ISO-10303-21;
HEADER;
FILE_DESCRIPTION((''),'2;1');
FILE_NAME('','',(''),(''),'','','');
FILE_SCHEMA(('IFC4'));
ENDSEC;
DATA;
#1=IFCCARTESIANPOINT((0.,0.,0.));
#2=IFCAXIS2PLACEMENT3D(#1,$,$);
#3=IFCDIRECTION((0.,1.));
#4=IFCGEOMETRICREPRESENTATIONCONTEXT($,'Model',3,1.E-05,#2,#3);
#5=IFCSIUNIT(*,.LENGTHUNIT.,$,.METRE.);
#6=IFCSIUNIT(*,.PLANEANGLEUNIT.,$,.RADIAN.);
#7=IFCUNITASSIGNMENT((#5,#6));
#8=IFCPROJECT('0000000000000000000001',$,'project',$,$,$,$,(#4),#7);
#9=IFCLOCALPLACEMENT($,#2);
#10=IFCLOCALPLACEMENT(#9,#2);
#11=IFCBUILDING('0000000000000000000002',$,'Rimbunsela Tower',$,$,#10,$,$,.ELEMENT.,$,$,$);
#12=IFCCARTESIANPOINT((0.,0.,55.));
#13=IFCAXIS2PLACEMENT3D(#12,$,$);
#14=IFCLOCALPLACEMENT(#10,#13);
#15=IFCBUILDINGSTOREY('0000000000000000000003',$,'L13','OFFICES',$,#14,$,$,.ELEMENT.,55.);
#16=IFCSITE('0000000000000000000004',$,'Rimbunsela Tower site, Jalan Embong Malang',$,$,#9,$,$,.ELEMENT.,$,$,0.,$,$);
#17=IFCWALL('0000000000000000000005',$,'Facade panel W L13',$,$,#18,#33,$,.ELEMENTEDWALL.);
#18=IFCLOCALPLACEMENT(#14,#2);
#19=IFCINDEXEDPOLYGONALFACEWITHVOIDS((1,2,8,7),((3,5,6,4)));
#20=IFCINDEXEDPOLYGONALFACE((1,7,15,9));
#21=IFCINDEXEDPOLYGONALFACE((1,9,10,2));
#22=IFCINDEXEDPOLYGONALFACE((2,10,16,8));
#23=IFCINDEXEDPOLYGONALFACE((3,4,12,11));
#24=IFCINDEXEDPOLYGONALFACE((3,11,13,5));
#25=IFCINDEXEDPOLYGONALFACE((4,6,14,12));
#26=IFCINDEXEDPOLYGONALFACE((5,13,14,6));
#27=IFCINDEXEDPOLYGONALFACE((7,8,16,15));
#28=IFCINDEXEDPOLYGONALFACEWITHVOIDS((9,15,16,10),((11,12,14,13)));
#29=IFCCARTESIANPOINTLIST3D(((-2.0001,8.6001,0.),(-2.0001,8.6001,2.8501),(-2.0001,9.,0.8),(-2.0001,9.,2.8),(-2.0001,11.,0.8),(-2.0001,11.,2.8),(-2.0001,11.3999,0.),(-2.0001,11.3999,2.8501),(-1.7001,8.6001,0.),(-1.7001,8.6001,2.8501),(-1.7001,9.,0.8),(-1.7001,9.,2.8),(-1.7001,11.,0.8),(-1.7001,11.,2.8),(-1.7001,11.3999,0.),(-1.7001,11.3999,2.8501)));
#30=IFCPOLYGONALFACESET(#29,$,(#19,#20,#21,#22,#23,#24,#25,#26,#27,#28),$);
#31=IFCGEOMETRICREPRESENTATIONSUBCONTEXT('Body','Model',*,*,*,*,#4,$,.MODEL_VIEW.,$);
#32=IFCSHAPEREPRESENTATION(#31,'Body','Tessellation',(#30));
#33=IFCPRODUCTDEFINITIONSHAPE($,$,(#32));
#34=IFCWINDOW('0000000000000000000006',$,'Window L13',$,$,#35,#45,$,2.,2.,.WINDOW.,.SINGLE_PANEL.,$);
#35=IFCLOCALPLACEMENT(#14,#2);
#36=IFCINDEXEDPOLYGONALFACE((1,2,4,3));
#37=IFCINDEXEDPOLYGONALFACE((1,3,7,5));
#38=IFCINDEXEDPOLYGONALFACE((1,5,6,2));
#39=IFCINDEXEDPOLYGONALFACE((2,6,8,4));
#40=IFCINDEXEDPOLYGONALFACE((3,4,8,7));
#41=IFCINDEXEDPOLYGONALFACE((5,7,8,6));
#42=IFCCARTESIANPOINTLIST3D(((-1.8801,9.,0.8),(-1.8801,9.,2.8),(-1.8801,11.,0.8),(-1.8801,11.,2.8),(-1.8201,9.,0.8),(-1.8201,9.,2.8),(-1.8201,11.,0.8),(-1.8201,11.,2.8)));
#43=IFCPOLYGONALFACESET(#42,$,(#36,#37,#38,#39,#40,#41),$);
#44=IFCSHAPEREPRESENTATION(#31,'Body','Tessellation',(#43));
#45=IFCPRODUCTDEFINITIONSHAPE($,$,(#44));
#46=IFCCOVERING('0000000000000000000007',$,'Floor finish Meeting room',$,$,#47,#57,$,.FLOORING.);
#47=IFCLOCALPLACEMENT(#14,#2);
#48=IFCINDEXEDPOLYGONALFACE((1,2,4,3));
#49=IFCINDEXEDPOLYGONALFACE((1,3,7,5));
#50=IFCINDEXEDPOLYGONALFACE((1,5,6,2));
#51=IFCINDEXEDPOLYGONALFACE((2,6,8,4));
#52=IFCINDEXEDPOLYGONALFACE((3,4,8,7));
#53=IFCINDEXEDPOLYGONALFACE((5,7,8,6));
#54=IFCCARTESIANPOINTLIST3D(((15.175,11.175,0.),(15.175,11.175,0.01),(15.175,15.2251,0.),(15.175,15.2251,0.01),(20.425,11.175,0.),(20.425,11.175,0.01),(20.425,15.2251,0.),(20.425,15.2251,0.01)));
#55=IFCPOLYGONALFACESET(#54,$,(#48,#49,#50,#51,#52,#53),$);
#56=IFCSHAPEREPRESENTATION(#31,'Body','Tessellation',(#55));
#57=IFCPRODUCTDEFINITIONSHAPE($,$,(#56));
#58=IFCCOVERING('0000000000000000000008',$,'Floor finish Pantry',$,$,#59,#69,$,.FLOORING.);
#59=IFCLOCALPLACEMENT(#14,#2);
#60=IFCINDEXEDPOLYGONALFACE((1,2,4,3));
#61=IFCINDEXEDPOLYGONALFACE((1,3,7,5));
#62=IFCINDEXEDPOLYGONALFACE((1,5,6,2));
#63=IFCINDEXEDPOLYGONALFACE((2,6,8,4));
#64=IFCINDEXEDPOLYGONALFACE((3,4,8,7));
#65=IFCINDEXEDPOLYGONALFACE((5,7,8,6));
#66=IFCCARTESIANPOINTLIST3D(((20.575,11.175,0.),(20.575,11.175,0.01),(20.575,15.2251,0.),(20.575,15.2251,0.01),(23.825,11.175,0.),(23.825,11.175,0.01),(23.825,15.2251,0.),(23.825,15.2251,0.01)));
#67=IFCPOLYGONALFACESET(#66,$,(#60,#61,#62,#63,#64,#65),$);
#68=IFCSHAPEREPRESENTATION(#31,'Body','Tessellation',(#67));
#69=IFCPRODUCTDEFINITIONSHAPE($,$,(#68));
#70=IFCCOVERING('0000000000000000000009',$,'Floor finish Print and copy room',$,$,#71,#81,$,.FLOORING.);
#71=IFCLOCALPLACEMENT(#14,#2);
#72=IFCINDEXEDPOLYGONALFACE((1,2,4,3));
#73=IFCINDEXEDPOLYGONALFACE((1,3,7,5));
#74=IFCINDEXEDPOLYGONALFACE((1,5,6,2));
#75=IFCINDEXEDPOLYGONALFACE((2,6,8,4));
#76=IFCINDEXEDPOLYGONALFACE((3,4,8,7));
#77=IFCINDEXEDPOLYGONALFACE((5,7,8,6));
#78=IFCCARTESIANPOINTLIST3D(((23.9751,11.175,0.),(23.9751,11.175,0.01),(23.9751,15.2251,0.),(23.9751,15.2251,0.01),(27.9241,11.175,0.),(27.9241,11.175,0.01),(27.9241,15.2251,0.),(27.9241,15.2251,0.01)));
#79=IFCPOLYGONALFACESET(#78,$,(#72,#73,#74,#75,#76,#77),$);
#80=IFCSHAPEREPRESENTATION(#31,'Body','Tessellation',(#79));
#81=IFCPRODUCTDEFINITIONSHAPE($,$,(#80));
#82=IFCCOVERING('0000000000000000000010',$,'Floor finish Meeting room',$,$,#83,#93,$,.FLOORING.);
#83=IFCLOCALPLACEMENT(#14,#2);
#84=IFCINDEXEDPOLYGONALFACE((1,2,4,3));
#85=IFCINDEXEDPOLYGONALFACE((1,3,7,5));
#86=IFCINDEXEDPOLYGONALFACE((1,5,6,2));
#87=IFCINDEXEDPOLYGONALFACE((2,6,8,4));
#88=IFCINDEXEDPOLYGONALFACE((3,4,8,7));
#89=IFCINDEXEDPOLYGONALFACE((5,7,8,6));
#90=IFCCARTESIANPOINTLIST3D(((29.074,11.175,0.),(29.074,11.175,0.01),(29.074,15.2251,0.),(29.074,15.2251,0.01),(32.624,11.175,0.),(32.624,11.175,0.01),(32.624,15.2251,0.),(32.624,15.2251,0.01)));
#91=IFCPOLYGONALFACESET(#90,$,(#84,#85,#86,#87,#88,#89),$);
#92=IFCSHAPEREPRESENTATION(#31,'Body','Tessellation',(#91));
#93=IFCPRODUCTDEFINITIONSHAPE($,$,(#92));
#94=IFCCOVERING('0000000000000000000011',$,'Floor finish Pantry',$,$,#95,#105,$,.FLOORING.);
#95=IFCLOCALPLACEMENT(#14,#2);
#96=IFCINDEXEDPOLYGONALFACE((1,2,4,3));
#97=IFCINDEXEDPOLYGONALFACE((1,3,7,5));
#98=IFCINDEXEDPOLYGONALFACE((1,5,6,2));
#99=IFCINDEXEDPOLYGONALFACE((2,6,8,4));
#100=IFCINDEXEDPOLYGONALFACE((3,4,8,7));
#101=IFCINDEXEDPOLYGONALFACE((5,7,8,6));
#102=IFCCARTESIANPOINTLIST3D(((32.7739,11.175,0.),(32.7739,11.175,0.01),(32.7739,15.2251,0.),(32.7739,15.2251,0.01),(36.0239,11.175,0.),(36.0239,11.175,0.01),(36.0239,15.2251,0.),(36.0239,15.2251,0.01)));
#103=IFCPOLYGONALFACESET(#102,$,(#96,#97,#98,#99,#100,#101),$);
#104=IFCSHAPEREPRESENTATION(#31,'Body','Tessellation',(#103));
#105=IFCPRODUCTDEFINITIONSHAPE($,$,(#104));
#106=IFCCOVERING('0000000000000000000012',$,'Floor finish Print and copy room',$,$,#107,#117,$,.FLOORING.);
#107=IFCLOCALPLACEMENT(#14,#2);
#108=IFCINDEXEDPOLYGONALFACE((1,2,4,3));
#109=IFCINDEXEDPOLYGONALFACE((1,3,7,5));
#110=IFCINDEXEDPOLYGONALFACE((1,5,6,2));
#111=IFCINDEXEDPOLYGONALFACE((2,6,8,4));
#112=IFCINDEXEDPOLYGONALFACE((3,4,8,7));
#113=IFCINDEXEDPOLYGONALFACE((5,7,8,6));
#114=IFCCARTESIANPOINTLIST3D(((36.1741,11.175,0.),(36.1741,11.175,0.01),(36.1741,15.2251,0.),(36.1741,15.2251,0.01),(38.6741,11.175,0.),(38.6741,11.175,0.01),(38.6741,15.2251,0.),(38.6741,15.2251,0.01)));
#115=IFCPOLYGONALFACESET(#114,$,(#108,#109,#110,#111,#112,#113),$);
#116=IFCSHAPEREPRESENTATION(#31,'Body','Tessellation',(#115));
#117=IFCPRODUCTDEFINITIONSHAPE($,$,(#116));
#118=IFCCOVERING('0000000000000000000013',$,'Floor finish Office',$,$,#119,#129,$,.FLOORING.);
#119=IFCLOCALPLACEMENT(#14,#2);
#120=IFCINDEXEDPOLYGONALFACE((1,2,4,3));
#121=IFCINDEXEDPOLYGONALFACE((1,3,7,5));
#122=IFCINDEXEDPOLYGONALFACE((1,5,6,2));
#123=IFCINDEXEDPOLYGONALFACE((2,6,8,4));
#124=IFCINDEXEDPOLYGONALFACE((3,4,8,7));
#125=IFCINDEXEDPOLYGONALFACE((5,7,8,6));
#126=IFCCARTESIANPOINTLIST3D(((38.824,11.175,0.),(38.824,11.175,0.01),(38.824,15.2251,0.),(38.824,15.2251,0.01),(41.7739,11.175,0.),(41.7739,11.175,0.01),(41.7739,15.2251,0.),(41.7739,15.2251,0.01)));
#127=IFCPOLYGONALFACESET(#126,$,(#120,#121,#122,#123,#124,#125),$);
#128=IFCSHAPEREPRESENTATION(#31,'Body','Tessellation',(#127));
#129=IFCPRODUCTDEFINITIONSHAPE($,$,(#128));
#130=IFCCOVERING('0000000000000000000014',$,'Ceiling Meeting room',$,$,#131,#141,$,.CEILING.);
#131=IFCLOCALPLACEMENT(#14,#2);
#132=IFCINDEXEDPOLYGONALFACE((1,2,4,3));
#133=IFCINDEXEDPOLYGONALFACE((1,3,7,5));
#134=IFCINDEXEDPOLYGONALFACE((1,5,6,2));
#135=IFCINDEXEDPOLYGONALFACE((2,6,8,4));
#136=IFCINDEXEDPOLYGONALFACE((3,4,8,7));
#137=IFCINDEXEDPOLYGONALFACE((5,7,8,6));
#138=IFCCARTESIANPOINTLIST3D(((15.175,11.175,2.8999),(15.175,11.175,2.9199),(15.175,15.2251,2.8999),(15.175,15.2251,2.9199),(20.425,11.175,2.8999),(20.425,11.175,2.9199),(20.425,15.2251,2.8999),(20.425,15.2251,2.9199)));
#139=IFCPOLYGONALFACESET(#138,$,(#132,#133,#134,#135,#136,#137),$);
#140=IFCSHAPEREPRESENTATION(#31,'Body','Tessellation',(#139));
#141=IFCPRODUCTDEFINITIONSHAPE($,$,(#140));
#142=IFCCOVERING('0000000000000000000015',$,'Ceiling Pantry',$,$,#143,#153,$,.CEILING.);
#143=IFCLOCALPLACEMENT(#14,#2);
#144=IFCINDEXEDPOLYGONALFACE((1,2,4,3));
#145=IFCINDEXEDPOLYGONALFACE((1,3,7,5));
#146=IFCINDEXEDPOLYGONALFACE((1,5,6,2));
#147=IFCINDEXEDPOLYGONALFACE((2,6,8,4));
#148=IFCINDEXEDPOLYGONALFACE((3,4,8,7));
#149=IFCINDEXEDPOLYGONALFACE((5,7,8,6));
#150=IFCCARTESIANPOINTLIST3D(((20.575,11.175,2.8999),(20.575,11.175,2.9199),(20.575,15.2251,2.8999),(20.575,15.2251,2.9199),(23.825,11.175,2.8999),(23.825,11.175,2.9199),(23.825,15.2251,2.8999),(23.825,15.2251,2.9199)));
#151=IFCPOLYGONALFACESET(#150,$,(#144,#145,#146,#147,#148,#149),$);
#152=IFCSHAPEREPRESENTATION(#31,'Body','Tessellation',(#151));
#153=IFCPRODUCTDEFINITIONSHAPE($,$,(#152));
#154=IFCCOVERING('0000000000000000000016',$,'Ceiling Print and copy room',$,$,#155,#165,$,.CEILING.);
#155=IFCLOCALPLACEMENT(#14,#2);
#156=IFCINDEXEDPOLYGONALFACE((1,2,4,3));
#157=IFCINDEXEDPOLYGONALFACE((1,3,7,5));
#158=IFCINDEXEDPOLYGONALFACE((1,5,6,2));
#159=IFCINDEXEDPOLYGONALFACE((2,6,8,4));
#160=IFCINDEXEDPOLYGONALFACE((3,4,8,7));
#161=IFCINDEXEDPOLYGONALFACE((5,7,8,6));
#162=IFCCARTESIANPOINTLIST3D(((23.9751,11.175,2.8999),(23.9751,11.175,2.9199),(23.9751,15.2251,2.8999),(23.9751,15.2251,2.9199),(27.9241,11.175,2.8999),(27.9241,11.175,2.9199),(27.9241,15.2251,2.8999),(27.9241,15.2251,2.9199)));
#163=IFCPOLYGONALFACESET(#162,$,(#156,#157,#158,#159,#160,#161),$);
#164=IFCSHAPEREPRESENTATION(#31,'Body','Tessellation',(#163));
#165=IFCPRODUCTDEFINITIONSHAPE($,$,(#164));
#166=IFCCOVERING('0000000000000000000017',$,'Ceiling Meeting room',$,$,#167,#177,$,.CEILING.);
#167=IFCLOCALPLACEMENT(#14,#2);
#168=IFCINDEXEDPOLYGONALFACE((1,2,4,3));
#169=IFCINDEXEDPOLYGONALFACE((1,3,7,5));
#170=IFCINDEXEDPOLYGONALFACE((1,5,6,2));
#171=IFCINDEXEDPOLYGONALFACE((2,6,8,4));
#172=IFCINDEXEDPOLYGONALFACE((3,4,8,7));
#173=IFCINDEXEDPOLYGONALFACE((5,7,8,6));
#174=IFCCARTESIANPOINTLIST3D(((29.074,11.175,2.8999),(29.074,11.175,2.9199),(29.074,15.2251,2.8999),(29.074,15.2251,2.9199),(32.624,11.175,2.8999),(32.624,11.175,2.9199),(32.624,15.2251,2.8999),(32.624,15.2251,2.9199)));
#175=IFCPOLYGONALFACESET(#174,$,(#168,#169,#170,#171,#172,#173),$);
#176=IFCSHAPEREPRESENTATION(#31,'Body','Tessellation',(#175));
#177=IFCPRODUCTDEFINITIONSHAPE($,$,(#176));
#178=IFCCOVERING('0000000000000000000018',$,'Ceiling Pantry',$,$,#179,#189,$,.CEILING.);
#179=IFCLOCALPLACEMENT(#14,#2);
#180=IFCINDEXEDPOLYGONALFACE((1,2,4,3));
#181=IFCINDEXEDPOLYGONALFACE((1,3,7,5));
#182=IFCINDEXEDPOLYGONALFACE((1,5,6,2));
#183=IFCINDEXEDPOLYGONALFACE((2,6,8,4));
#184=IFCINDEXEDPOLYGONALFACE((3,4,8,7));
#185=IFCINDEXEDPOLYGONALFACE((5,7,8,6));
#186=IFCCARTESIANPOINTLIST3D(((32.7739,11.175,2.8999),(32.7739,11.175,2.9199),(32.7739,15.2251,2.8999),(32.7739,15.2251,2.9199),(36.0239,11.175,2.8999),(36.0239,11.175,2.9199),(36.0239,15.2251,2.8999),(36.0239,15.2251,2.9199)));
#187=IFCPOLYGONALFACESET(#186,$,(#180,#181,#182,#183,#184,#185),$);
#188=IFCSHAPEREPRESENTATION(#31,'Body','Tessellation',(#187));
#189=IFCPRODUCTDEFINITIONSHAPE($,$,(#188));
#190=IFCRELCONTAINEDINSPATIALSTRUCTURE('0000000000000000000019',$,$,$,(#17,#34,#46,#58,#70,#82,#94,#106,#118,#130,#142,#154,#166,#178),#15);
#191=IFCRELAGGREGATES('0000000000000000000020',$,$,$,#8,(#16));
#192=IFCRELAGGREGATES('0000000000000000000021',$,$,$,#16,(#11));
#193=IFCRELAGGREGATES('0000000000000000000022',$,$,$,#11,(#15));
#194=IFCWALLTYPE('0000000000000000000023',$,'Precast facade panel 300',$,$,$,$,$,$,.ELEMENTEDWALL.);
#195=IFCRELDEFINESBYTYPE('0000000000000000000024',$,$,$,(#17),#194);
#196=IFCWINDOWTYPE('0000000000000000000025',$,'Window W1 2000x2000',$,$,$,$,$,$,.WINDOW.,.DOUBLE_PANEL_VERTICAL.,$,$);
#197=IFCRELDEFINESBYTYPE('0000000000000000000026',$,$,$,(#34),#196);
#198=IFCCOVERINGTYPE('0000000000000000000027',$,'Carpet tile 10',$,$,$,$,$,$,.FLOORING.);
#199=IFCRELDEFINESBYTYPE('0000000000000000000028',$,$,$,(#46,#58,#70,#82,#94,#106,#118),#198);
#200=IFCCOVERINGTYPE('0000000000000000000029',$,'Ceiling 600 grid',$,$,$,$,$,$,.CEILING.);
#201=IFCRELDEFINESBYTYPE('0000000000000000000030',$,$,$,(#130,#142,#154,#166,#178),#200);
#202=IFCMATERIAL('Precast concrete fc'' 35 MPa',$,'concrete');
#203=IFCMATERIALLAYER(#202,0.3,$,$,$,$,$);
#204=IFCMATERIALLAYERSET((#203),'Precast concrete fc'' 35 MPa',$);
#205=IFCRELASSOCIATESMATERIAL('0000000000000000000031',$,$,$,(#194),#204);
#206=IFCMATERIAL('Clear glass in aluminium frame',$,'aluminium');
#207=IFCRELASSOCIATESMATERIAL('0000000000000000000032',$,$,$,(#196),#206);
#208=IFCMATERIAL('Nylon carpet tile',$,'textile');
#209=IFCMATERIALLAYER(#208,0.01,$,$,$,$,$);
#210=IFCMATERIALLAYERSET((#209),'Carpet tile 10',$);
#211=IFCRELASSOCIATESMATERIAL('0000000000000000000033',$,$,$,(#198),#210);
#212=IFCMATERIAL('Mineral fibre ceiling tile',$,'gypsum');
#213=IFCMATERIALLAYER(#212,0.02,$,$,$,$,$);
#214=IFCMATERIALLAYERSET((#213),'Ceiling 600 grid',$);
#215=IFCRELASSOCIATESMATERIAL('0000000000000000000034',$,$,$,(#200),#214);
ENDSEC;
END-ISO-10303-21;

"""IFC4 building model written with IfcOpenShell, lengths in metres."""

from ifc_helpers import new_model, si_unit, direction, frame, frame_2d, origin, place, context, subcontext, project, spatial, polyline, rectangle, outline, extrude, material, layer, layer_set, type_object, element, fill, save


model = new_model("IFC4")

# Units and contexts
model_context = context("Model", 3, precision=1e-05, world=origin(), true_north=direction((0.0, 1.0)))
body_context = subcontext(model_context, "Body", "Model", "MODEL_VIEW")
ifc_project = project(units=[si_unit("LENGTHUNIT", "METRE"), si_unit("PLANEANGLEUNIT", "RADIAN")], contexts=[model_context])

# Site, building, storey
site_placement = place(None, origin())
site = spatial("IfcSite", under=ifc_project, at=site_placement, Name="Rimbunsela Tower site, Jalan Embong Malang", CompositionType="ELEMENT", RefElevation=0.0)
building_placement = place(site_placement, origin())
building = spatial("IfcBuilding", under=site, at=building_placement, Name="Rimbunsela Tower", CompositionType="ELEMENT")
storey_placement = place(building_placement, frame((0.0, 0.0, 55.0)))
storey = spatial("IfcBuildingStorey", under=building, at=storey_placement, Name="L13", Description="OFFICES", CompositionType="ELEMENT", Elevation=55.0)

# Shared definitions
ifc_material_1 = material(Name="Precast concrete fc' 35 MPa", Category="concrete")
ifc_layer_1 = layer(ifc_material_1, 0.3)
ifc_layer_set_1 = layer_set([ifc_layer_1], Name="Precast concrete fc' 35 MPa")
wall_type = type_object("IfcWallType", Name="Precast facade panel 300", PredefinedType="ELEMENTEDWALL", material=ifc_layer_set_1)

# Wall, opening, window
ifc_material_2 = material(Name="Clear glass in aluminium frame", Category="aluminium")
window_type = type_object("IfcWindowType", Name="Window W1 2000x2000", PartitioningType="DOUBLE_PANEL_VERTICAL", PredefinedType="WINDOW", material=ifc_material_2)
wall_1_placement = place(storey_placement, frame((-1.8501, 11.3999, 0.0), z_axis=(0.0, 0.0, 1.0), x_axis=(0.0, -1.0, 0.0)))
wall_1 = element("IfcWall", 1, at=wall_1_placement, inside=storey, type_object=wall_type, Name="Facade panel W L13", PredefinedType="ELEMENTEDWALL", context=body_context, shape_type="SweptSolid", body=[
    extrude(rectangle(XDim=2.7998, YDim=0.3, at=frame_2d((1.3999, 0.0))), origin(), (0.0, 0.0, 1.0), 2.8501),
])
opening_1_placement = place(wall_1_placement, frame((0.3999, 0.0, 0.8)))
opening_1 = element("IfcOpeningElement", 2, at=opening_1_placement, cuts=wall_1, PredefinedType="OPENING", context=body_context, shape_type="SweptSolid", body=[
    extrude(rectangle(XDim=2.0, YDim=2.0, at=frame_2d((1.0, 1.0))), frame((0.0, 0.1599, 0.0), z_axis=(0.0, -1.0, 0.0), x_axis=(1.0, 0.0, 0.0)), (0.0, 0.0, 1.0), 0.3201),
])
window_1_placement = place(opening_1_placement, origin())
window_1 = element("IfcWindow", 3, at=window_1_placement, inside=storey, type_object=window_type, Name="Window L13", OverallHeight=2.0, OverallWidth=2.0, PartitioningType="SINGLE_PANEL", PredefinedType="WINDOW", context=body_context, shape_type="SweptSolid", body=[
    extrude(rectangle(XDim=2.0, YDim=2.0, at=frame_2d((1.0, 1.0))), frame((0.0, 0.03, 0.0), z_axis=(0.0, -1.0, 0.0), x_axis=(1.0, 0.0, 0.0)), (0.0, 0.0, 1.0), 0.0601),
])
fill(opening_1, window_1)

# Coverings
ifc_material_3 = material(Name="Nylon carpet tile", Category="textile")
ifc_layer_2 = layer(ifc_material_3, 0.01)
ifc_layer_set_2 = layer_set([ifc_layer_2], Name="Carpet tile 10")
covering_type_1 = type_object("IfcCoveringType", Name="Carpet tile 10", PredefinedType="FLOORING", material=ifc_layer_set_2)
covering_1_placement = place(storey_placement, origin())
element("IfcCovering", 4, at=covering_1_placement, inside=storey, type_object=covering_type_1, Name="Floor finish Meeting room", PredefinedType="FLOORING", context=body_context, shape_type="SweptSolid", body=[
    extrude(outline(polyline([(20.425, 11.175), (20.425, 15.2251), (15.175, 15.2251), (15.175, 11.175), (20.425, 11.175)])), origin(), (0.0, 0.0, 1.0), 0.01),
])
covering_2_placement = place(storey_placement, origin())
element("IfcCovering", 5, at=covering_2_placement, inside=storey, type_object=covering_type_1, Name="Floor finish Pantry", PredefinedType="FLOORING", context=body_context, shape_type="SweptSolid", body=[
    extrude(outline(polyline([(23.825, 11.175), (23.825, 15.2251), (20.575, 15.2251), (20.575, 11.175), (23.825, 11.175)])), origin(), (0.0, 0.0, 1.0), 0.01),
])
covering_3_placement = place(storey_placement, origin())
element("IfcCovering", 6, at=covering_3_placement, inside=storey, type_object=covering_type_1, Name="Floor finish Print and copy room", PredefinedType="FLOORING", context=body_context, shape_type="SweptSolid", body=[
    extrude(outline(polyline([(27.9241, 11.175), (27.9241, 15.2251), (23.9751, 15.2251), (23.9751, 11.175), (27.9241, 11.175)])), origin(), (0.0, 0.0, 1.0), 0.01),
])
covering_4_placement = place(storey_placement, origin())
element("IfcCovering", 7, at=covering_4_placement, inside=storey, type_object=covering_type_1, Name="Floor finish Meeting room", PredefinedType="FLOORING", context=body_context, shape_type="SweptSolid", body=[
    extrude(outline(polyline([(32.624, 11.175), (32.624, 15.2251), (29.074, 15.2251), (29.074, 11.175), (32.624, 11.175)])), origin(), (0.0, 0.0, 1.0), 0.01),
])
covering_5_placement = place(storey_placement, origin())
element("IfcCovering", 8, at=covering_5_placement, inside=storey, type_object=covering_type_1, Name="Floor finish Pantry", PredefinedType="FLOORING", context=body_context, shape_type="SweptSolid", body=[
    extrude(outline(polyline([(36.0239, 11.175), (36.0239, 15.2251), (32.7739, 15.2251), (32.7739, 11.175), (36.0239, 11.175)])), origin(), (0.0, 0.0, 1.0), 0.01),
])
covering_6_placement = place(storey_placement, origin())
element("IfcCovering", 9, at=covering_6_placement, inside=storey, type_object=covering_type_1, Name="Floor finish Print and copy room", PredefinedType="FLOORING", context=body_context, shape_type="SweptSolid", body=[
    extrude(outline(polyline([(38.6741, 11.175), (38.6741, 15.2251), (36.1741, 15.2251), (36.1741, 11.175), (38.6741, 11.175)])), origin(), (0.0, 0.0, 1.0), 0.01),
])
covering_7_placement = place(storey_placement, origin())
element("IfcCovering", 10, at=covering_7_placement, inside=storey, type_object=covering_type_1, Name="Floor finish Office", PredefinedType="FLOORING", context=body_context, shape_type="SweptSolid", body=[
    extrude(outline(polyline([(41.7739, 11.175), (41.7739, 15.2251), (38.824, 15.2251), (38.824, 11.175), (41.7739, 11.175)])), origin(), (0.0, 0.0, 1.0), 0.01),
])
ifc_material_4 = material(Name="Mineral fibre ceiling tile", Category="gypsum")
ifc_layer_3 = layer(ifc_material_4, 0.02)
ifc_layer_set_3 = layer_set([ifc_layer_3], Name="Ceiling 600 grid")
covering_type_2 = type_object("IfcCoveringType", Name="Ceiling 600 grid", PredefinedType="CEILING", material=ifc_layer_set_3)
covering_8_placement = place(storey_placement, frame((0.0, 0.0, 2.8999)))
element("IfcCovering", 11, at=covering_8_placement, inside=storey, type_object=covering_type_2, Name="Ceiling Meeting room", PredefinedType="CEILING", context=body_context, shape_type="SweptSolid", body=[
    extrude(outline(polyline([(20.425, 11.175), (20.425, 15.2251), (15.175, 15.2251), (15.175, 11.175), (20.425, 11.175)])), origin(), (0.0, 0.0, 1.0), 0.02),
])
covering_9_placement = place(storey_placement, frame((0.0, 0.0, 2.8999)))
element("IfcCovering", 12, at=covering_9_placement, inside=storey, type_object=covering_type_2, Name="Ceiling Pantry", PredefinedType="CEILING", context=body_context, shape_type="SweptSolid", body=[
    extrude(outline(polyline([(23.825, 11.175), (23.825, 15.2251), (20.575, 15.2251), (20.575, 11.175), (23.825, 11.175)])), origin(), (0.0, 0.0, 1.0), 0.02),
])
covering_10_placement = place(storey_placement, frame((0.0, 0.0, 2.8999)))
element("IfcCovering", 13, at=covering_10_placement, inside=storey, type_object=covering_type_2, Name="Ceiling Print and copy room", PredefinedType="CEILING", context=body_context, shape_type="SweptSolid", body=[
    extrude(outline(polyline([(27.9241, 11.175), (27.9241, 15.2251), (23.9751, 15.2251), (23.9751, 11.175), (27.9241, 11.175)])), origin(), (0.0, 0.0, 1.0), 0.02),
])
covering_11_placement = place(storey_placement, frame((0.0, 0.0, 2.8999)))
element("IfcCovering", 14, at=covering_11_placement, inside=storey, type_object=covering_type_2, Name="Ceiling Meeting room", PredefinedType="CEILING", context=body_context, shape_type="SweptSolid", body=[
    extrude(outline(polyline([(32.624, 11.175), (32.624, 15.2251), (29.074, 15.2251), (29.074, 11.175), (32.624, 11.175)])), origin(), (0.0, 0.0, 1.0), 0.02),
])
covering_12_placement = place(storey_placement, frame((0.0, 0.0, 2.8999)))
element("IfcCovering", 15, at=covering_12_placement, inside=storey, type_object=covering_type_2, Name="Ceiling Pantry", PredefinedType="CEILING", context=body_context, shape_type="SweptSolid", body=[
    extrude(outline(polyline([(36.0239, 11.175), (36.0239, 15.2251), (32.7739, 15.2251), (32.7739, 11.175), (36.0239, 11.175)])), origin(), (0.0, 0.0, 1.0), 0.02),
])

save(model, "model.ifc")
